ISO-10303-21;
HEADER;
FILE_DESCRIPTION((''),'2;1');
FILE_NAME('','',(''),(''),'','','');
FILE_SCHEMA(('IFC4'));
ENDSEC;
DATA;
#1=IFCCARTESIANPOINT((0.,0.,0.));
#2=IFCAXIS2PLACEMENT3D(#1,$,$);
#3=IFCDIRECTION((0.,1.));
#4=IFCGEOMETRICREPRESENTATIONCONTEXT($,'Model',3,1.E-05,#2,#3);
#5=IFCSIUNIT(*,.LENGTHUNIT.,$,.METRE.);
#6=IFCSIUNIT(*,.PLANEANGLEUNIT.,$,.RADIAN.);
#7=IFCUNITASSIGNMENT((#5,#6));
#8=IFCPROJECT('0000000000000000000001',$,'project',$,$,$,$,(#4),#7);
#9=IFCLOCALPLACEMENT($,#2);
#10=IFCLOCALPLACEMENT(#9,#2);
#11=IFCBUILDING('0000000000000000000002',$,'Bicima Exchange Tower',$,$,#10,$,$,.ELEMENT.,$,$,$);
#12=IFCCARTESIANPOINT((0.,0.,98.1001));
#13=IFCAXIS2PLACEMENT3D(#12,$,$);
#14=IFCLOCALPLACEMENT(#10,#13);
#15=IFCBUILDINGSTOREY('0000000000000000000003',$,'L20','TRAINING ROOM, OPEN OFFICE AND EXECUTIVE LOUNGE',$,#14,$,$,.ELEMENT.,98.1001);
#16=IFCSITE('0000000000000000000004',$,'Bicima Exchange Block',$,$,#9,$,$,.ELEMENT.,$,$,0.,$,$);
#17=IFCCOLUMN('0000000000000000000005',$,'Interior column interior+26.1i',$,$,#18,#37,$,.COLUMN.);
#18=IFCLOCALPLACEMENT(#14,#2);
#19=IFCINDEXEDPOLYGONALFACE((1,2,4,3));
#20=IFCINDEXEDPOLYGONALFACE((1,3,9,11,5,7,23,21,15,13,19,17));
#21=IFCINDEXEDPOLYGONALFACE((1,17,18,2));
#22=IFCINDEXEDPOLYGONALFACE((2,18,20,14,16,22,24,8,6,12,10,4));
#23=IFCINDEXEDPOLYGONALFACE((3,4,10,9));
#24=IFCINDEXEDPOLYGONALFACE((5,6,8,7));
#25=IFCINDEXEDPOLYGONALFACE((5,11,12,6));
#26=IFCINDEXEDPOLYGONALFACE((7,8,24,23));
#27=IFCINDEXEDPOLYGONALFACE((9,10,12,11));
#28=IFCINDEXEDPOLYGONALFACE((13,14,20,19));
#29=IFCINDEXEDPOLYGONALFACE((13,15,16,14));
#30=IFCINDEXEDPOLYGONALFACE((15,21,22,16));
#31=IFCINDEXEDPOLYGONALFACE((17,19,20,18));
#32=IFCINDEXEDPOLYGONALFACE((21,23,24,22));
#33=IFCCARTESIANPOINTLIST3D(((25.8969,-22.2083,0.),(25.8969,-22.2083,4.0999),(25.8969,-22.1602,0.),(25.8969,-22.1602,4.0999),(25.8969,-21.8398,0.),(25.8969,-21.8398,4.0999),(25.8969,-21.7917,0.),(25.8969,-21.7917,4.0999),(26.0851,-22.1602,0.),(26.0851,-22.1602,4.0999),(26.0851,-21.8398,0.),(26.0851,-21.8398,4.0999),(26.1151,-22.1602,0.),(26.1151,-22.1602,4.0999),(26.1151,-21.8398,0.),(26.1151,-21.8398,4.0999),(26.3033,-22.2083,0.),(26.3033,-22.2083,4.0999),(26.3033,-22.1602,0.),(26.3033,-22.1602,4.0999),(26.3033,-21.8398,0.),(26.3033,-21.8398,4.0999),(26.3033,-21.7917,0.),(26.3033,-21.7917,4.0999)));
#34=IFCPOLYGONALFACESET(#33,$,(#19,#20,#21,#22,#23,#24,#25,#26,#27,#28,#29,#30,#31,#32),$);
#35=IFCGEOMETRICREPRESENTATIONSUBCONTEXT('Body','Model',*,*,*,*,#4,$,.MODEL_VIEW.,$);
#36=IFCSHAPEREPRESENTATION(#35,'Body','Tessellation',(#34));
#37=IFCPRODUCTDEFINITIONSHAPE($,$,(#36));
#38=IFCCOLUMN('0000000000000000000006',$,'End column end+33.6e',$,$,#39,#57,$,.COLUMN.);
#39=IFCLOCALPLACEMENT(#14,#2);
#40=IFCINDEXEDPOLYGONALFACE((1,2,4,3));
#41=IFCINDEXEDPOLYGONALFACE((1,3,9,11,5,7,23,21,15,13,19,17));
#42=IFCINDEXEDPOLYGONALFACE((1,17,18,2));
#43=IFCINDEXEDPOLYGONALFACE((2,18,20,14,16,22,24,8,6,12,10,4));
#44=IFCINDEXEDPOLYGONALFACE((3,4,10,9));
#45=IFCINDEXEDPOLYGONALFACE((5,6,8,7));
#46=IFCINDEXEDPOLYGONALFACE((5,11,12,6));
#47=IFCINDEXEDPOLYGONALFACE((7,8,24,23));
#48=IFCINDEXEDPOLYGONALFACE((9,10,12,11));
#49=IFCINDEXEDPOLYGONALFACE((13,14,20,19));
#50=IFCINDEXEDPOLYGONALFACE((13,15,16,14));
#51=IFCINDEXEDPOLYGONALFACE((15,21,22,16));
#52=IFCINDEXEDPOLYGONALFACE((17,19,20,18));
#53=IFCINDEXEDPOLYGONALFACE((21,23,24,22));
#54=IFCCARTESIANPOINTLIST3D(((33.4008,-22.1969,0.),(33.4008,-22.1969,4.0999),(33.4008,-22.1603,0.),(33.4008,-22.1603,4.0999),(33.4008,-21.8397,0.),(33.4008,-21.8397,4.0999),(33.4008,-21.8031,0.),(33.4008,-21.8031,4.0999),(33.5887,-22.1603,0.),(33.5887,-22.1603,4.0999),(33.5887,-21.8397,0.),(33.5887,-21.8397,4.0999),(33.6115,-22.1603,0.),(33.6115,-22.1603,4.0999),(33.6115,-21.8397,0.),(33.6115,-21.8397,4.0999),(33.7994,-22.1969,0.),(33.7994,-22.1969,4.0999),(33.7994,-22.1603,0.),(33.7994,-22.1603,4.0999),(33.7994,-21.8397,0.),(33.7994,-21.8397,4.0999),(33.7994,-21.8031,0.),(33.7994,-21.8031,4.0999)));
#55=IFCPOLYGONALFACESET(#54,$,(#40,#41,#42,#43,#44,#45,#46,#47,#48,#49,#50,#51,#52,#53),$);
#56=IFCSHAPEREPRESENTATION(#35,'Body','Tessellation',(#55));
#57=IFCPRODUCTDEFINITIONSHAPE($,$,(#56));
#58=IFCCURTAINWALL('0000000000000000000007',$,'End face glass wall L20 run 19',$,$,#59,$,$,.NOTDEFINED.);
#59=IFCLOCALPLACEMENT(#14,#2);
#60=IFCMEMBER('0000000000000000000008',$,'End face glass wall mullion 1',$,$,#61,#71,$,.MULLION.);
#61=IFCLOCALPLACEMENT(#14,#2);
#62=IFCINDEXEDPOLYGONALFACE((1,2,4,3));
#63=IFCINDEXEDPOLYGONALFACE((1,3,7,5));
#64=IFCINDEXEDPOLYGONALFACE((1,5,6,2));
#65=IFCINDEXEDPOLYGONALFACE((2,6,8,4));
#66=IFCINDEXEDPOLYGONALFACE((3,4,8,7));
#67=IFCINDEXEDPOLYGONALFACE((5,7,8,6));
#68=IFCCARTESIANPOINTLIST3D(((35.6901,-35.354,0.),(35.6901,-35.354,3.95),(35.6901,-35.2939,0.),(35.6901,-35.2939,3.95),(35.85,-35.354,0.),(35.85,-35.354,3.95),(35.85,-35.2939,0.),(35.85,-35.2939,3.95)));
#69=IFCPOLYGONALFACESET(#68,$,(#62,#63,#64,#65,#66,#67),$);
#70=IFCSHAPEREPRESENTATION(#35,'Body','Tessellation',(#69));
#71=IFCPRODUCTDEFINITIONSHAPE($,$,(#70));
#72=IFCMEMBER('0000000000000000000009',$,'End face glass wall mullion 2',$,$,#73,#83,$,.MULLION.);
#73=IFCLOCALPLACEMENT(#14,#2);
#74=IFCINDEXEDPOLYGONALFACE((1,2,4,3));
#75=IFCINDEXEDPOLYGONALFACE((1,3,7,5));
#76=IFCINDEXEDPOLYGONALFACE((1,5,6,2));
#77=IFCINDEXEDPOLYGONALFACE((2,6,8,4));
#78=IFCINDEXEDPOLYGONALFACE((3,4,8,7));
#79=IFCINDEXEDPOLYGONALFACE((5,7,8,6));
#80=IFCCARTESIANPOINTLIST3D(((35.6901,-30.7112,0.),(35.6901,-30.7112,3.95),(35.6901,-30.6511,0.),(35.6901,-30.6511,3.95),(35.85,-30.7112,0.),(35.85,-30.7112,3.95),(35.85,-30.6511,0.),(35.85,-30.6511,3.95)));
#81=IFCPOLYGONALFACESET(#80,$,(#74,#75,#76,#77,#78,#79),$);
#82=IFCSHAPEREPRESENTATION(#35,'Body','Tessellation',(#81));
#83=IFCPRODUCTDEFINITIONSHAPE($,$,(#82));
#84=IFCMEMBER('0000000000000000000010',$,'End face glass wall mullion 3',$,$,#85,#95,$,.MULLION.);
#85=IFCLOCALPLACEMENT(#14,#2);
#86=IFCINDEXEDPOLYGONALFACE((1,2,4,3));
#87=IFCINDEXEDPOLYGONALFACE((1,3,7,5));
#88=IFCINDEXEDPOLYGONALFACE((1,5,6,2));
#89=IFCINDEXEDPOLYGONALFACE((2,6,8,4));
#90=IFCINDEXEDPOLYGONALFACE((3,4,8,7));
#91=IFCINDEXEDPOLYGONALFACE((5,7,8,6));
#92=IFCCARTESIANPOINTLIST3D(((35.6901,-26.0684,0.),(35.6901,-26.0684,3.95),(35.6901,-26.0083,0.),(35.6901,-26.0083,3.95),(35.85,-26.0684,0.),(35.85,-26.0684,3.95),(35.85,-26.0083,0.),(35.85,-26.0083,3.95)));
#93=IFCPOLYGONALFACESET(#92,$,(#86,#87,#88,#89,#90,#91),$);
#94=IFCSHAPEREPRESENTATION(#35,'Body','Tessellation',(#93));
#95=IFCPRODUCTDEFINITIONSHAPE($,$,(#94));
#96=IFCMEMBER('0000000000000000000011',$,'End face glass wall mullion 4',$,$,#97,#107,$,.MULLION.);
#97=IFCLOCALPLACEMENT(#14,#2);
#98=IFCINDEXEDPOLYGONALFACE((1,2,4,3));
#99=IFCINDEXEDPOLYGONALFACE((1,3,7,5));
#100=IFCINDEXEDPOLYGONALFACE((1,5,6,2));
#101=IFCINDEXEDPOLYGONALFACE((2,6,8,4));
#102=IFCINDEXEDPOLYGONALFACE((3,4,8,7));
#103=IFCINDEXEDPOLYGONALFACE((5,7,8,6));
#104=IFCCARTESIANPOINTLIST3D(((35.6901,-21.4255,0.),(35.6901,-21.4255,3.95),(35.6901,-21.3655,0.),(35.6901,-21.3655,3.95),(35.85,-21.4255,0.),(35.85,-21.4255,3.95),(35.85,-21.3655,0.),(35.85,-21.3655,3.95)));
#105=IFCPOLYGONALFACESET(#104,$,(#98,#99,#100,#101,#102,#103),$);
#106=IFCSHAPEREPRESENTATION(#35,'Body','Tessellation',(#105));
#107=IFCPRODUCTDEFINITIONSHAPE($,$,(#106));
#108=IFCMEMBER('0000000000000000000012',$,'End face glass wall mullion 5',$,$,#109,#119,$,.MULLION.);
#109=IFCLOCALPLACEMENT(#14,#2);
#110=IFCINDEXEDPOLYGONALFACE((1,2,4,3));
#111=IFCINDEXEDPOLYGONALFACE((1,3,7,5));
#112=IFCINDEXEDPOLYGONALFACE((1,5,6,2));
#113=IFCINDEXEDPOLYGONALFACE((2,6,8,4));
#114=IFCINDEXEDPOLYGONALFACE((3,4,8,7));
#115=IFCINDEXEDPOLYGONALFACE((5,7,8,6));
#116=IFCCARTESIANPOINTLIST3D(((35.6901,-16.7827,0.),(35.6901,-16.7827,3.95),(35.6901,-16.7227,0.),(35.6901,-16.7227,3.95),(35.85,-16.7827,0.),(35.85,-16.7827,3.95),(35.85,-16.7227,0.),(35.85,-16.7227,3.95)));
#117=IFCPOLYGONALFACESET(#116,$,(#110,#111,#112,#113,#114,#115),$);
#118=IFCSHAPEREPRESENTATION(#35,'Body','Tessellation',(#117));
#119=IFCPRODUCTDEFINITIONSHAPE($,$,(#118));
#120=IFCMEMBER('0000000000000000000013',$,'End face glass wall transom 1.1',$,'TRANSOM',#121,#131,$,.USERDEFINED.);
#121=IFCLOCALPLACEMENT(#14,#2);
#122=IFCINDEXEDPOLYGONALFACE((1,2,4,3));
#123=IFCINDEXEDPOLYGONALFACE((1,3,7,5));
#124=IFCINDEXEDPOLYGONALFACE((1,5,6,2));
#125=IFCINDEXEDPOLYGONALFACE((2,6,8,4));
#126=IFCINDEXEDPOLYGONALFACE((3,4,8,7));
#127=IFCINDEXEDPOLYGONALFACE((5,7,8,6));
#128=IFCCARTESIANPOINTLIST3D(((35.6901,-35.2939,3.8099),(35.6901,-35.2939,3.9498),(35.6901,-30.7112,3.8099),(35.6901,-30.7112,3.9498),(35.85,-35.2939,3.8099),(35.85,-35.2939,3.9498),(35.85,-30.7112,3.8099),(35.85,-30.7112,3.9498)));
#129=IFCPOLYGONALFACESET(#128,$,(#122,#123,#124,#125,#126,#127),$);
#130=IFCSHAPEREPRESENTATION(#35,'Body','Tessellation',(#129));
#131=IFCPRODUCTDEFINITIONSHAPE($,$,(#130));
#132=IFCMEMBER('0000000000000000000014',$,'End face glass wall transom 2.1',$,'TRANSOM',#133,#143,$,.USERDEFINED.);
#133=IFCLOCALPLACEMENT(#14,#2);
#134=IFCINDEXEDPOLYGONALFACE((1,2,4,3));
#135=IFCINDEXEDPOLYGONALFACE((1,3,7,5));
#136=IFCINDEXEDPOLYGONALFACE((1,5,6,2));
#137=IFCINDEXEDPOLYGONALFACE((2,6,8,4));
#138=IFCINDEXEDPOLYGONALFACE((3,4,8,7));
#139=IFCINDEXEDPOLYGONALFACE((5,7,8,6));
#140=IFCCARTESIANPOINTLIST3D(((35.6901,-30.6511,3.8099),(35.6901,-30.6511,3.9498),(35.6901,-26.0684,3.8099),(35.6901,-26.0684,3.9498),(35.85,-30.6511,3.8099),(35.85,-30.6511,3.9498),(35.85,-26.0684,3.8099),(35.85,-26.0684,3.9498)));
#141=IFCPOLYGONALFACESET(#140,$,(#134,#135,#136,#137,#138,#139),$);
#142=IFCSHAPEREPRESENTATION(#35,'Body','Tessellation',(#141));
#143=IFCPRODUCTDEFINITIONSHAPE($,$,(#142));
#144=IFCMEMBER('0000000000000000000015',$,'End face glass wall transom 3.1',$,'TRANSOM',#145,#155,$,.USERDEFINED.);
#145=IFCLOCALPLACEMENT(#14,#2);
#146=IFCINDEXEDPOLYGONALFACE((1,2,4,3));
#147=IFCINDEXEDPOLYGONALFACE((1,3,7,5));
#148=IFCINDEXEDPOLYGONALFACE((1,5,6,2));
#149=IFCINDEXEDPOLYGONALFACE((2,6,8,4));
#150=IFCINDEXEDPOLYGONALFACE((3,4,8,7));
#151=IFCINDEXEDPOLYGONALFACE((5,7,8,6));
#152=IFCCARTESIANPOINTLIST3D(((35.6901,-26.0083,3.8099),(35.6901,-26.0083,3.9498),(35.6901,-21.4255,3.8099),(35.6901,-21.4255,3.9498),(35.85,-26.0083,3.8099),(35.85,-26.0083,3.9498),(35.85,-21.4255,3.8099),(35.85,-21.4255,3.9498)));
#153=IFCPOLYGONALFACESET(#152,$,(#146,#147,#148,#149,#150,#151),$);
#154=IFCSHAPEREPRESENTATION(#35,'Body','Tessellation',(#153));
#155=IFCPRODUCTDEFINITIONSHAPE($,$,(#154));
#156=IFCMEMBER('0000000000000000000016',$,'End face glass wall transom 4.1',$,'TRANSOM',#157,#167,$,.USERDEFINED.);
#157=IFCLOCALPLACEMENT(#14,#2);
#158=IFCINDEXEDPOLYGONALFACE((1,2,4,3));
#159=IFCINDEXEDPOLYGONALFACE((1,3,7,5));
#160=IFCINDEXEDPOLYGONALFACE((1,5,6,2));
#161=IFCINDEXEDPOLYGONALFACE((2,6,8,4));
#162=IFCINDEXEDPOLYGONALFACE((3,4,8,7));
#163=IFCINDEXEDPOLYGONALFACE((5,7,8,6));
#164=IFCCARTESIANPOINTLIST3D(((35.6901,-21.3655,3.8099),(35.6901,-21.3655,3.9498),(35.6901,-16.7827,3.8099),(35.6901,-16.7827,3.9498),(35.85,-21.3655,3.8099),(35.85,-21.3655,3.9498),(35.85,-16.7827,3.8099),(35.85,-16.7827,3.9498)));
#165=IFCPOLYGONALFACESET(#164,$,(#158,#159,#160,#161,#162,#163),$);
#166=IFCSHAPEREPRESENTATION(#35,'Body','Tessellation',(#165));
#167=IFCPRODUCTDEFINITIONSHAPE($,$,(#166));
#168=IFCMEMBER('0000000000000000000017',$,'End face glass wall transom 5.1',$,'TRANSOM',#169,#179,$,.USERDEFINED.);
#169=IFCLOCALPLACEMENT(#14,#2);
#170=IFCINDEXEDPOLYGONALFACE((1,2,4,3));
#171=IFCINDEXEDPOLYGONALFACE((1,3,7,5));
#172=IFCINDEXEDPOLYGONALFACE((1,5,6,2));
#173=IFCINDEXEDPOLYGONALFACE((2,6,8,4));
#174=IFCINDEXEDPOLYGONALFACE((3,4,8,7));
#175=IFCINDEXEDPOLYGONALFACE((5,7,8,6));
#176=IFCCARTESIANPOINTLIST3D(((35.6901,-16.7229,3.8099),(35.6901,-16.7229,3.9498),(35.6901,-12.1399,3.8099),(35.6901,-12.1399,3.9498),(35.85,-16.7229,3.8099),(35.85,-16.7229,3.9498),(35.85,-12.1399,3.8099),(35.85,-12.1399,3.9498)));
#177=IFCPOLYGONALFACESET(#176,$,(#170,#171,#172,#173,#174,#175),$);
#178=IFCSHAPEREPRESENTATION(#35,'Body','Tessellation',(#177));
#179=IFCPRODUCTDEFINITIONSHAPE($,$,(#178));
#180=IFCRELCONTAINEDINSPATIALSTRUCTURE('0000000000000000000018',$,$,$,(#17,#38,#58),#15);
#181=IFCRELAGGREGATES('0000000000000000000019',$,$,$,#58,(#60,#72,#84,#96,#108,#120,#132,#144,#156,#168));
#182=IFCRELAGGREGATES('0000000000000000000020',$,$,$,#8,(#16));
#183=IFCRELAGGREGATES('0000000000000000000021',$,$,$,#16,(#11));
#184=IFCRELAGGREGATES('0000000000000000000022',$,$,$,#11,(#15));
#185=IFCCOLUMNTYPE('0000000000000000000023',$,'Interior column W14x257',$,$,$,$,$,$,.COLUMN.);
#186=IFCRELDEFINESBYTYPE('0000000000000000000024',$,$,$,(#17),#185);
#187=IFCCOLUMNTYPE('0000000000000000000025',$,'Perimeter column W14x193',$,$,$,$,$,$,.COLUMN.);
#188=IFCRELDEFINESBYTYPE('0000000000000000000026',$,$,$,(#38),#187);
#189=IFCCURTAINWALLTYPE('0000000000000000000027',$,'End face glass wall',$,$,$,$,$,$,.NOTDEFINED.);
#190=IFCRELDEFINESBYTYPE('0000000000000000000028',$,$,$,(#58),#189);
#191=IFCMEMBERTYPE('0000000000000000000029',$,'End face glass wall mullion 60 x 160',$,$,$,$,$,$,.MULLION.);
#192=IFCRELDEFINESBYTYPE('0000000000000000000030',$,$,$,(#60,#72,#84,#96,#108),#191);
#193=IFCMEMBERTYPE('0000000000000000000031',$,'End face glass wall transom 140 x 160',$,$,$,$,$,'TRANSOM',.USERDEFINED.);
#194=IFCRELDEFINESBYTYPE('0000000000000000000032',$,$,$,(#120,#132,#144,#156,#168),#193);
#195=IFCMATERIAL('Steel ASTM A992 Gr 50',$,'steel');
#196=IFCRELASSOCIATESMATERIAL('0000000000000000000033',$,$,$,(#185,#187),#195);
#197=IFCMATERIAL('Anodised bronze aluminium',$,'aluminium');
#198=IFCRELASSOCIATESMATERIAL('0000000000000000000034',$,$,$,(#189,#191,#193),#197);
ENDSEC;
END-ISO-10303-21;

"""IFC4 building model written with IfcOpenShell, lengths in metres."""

from ifc_helpers import new_model, si_unit, direction, frame, origin, origin_2d, place, context, subcontext, project, spatial, rectangle, i_section, extrude, material, material_profile, profile_set, type_object, element, aggregate, save


model = new_model("IFC4")

# Units and contexts
model_context = context("Model", 3, precision=1e-05, world=origin(), true_north=direction((0.0, 1.0)))
body_context = subcontext(model_context, "Body", "Model", "MODEL_VIEW")
ifc_project = project(units=[si_unit("LENGTHUNIT", "METRE"), si_unit("PLANEANGLEUNIT", "RADIAN")], contexts=[model_context])

# Site, building, storey
site_placement = place(None, origin())
site = spatial("IfcSite", under=ifc_project, at=site_placement, Name="Bicima Exchange Block", CompositionType="ELEMENT", RefElevation=0.0)
building_placement = place(site_placement, origin())
building = spatial("IfcBuilding", under=site, at=building_placement, Name="Bicima Exchange Tower", CompositionType="ELEMENT")
storey_placement = place(building_placement, frame((0.0, 0.0, 98.1001)))
storey = spatial("IfcBuildingStorey", under=building, at=storey_placement, Name="L20", Description="TRAINING ROOM, OPEN OFFICE AND EXECUTIVE LOUNGE", CompositionType="ELEMENT", Elevation=98.1001)

# Columns
ifc_material_1 = material(Name="Steel ASTM A992 Gr 50", Category="steel")
ifc_material_profile_1 = material_profile(ifc_material_1, i_section(OverallWidth=0.4065, OverallDepth=0.4165, WebThickness=0.03, FlangeThickness=0.0481, at=origin_2d()))
ifc_profile_set_1 = profile_set([ifc_material_profile_1], Name="Steel ASTM A992 Gr 50")
column_type_1 = type_object("IfcColumnType", Name="Interior column W14x257", PredefinedType="COLUMN", material=ifc_profile_set_1)
column_1_placement = place(storey_placement, frame((26.1001, -22.0, 0.0), z_axis=(0.0, 0.0, 1.0), x_axis=(1.0, 0.0, 0.0)))
element("IfcColumn", 1, at=column_1_placement, inside=storey, type_object=column_type_1, Name="Interior column interior+26.1i", PredefinedType="COLUMN", context=body_context, shape_type="SweptSolid", body=[
    extrude(i_section(OverallWidth=0.4065, OverallDepth=0.4165, WebThickness=0.03, FlangeThickness=0.0481, at=origin_2d()), origin(), (0.0, 0.0, 1.0), 4.0999),
])
ifc_material_profile_2 = material_profile(ifc_material_1, i_section(OverallWidth=0.3987, OverallDepth=0.3938, WebThickness=0.0227, FlangeThickness=0.0366, at=origin_2d()))
ifc_profile_set_2 = profile_set([ifc_material_profile_2], Name="Steel ASTM A992 Gr 50")
column_type_2 = type_object("IfcColumnType", Name="Perimeter column W14x193", PredefinedType="COLUMN", material=ifc_profile_set_2)
column_2_placement = place(storey_placement, frame((33.6001, -22.0, 0.0), z_axis=(0.0, 0.0, 1.0), x_axis=(1.0, 0.0, 0.0)))
element("IfcColumn", 2, at=column_2_placement, inside=storey, type_object=column_type_2, Name="End column end+33.6e", PredefinedType="COLUMN", context=body_context, shape_type="SweptSolid", body=[
    extrude(i_section(OverallWidth=0.3987, OverallDepth=0.3938, WebThickness=0.0227, FlangeThickness=0.0366, at=origin_2d()), origin(), (0.0, 0.0, 1.0), 4.0999),
])

# Curtain wall, members
ifc_material_2 = material(Name="Anodised bronze aluminium", Category="aluminium")
curtain_wall_type_1 = type_object("IfcCurtainWallType", Name="End face glass wall", PredefinedType="NOTDEFINED", material=ifc_material_2)
curtain_wall_1_placement = place(storey_placement, origin())
curtain_wall_1 = element("IfcCurtainWall", 3, at=curtain_wall_1_placement, inside=storey, type_object=curtain_wall_type_1, Name="End face glass wall L20 run 19", PredefinedType="NOTDEFINED")
ifc_material_profile_3 = material_profile(ifc_material_2, rectangle(XDim=0.1599, YDim=0.0601, at=origin_2d()))
ifc_profile_set_3 = profile_set([ifc_material_profile_3], Name="Anodised bronze aluminium")
member_type_1 = type_object("IfcMemberType", Name="End face glass wall mullion 60 x 160", PredefinedType="MULLION", material=ifc_profile_set_3)
member_1_placement = place(storey_placement, frame((35.77, -35.324, 0.0), z_axis=(0.0, 0.0, 1.0), x_axis=(-1.0, 0.0, 0.0)))
member_1 = element("IfcMember", 4, at=member_1_placement, type_object=member_type_1, Name="End face glass wall mullion 1", PredefinedType="MULLION", context=body_context, shape_type="SweptSolid", body=[
    extrude(rectangle(XDim=0.1599, YDim=0.0601, at=origin_2d()), origin(), (0.0, 0.0, 1.0), 3.95),
])
member_2_placement = place(storey_placement, frame((35.77, -30.6812, 0.0), z_axis=(0.0, 0.0, 1.0), x_axis=(-1.0, 0.0, 0.0)))
member_2 = element("IfcMember", 5, at=member_2_placement, type_object=member_type_1, Name="End face glass wall mullion 2", PredefinedType="MULLION", context=body_context, shape_type="SweptSolid", body=[
    extrude(rectangle(XDim=0.1599, YDim=0.0601, at=origin_2d()), origin(), (0.0, 0.0, 1.0), 3.95),
])
member_3_placement = place(storey_placement, frame((35.77, -26.0383, 0.0), z_axis=(0.0, 0.0, 1.0), x_axis=(-1.0, 0.0, 0.0)))
member_3 = element("IfcMember", 6, at=member_3_placement, type_object=member_type_1, Name="End face glass wall mullion 3", PredefinedType="MULLION", context=body_context, shape_type="SweptSolid", body=[
    extrude(rectangle(XDim=0.1599, YDim=0.0601, at=origin_2d()), origin(), (0.0, 0.0, 1.0), 3.95),
])
member_4_placement = place(storey_placement, frame((35.77, -21.3955, 0.0), z_axis=(0.0, 0.0, 1.0), x_axis=(-1.0, 0.0, 0.0)))
member_4 = element("IfcMember", 7, at=member_4_placement, type_object=member_type_1, Name="End face glass wall mullion 4", PredefinedType="MULLION", context=body_context, shape_type="SweptSolid", body=[
    extrude(rectangle(XDim=0.1599, YDim=0.0601, at=origin_2d()), origin(), (0.0, 0.0, 1.0), 3.95),
])
member_5_placement = place(storey_placement, frame((35.77, -16.7527, 0.0), z_axis=(0.0, 0.0, 1.0), x_axis=(-1.0, 0.0, 0.0)))
member_5 = element("IfcMember", 8, at=member_5_placement, type_object=member_type_1, Name="End face glass wall mullion 5", PredefinedType="MULLION", context=body_context, shape_type="SweptSolid", body=[
    extrude(rectangle(XDim=0.1599, YDim=0.0601, at=origin_2d()), origin(), (0.0, 0.0, 1.0), 3.95),
])
ifc_material_profile_4 = material_profile(ifc_material_2, rectangle(XDim=0.1599, YDim=0.1399, at=origin_2d()))
ifc_profile_set_4 = profile_set([ifc_material_profile_4], Name="Anodised bronze aluminium")
member_type_2 = type_object("IfcMemberType", Name="End face glass wall transom 140 x 160", ElementType="TRANSOM", PredefinedType="USERDEFINED", material=ifc_profile_set_4)
member_6_placement = place(storey_placement, frame((35.77, -35.2939, 3.8799), z_axis=(0.0, 1.0, 0.0), x_axis=(-1.0, 0.0, 0.0)))
member_6 = element("IfcMember", 9, at=member_6_placement, type_object=member_type_2, Name="End face glass wall transom 1.1", ObjectType="TRANSOM", PredefinedType="USERDEFINED", context=body_context, shape_type="SweptSolid", body=[
    extrude(rectangle(XDim=0.1599, YDim=0.1399, at=origin_2d()), origin(), (0.0, 0.0, 1.0), 4.5828),
])
member_7_placement = place(storey_placement, frame((35.77, -30.6511, 3.8799), z_axis=(0.0, 1.0, 0.0), x_axis=(-1.0, 0.0, 0.0)))
member_7 = element("IfcMember", 10, at=member_7_placement, type_object=member_type_2, Name="End face glass wall transom 2.1", ObjectType="TRANSOM", PredefinedType="USERDEFINED", context=body_context, shape_type="SweptSolid", body=[
    extrude(rectangle(XDim=0.1599, YDim=0.1399, at=origin_2d()), origin(), (0.0, 0.0, 1.0), 4.5828),
])
member_8_placement = place(storey_placement, frame((35.77, -26.0083, 3.8799), z_axis=(0.0, 1.0, 0.0), x_axis=(-1.0, 0.0, 0.0)))
member_8 = element("IfcMember", 11, at=member_8_placement, type_object=member_type_2, Name="End face glass wall transom 3.1", ObjectType="TRANSOM", PredefinedType="USERDEFINED", context=body_context, shape_type="SweptSolid", body=[
    extrude(rectangle(XDim=0.1599, YDim=0.1399, at=origin_2d()), origin(), (0.0, 0.0, 1.0), 4.5828),
])
member_9_placement = place(storey_placement, frame((35.77, -21.3655, 3.8799), z_axis=(0.0, 1.0, 0.0), x_axis=(-1.0, 0.0, 0.0)))
member_9 = element("IfcMember", 12, at=member_9_placement, type_object=member_type_2, Name="End face glass wall transom 4.1", ObjectType="TRANSOM", PredefinedType="USERDEFINED", context=body_context, shape_type="SweptSolid", body=[
    extrude(rectangle(XDim=0.1599, YDim=0.1399, at=origin_2d()), origin(), (0.0, 0.0, 1.0), 4.5828),
])
member_10_placement = place(storey_placement, frame((35.77, -16.7229, 3.8799), z_axis=(0.0, 1.0, 0.0), x_axis=(-1.0, 0.0, 0.0)))
member_10 = element("IfcMember", 13, at=member_10_placement, type_object=member_type_2, Name="End face glass wall transom 5.1", ObjectType="TRANSOM", PredefinedType="USERDEFINED", context=body_context, shape_type="SweptSolid", body=[
    extrude(rectangle(XDim=0.1599, YDim=0.1399, at=origin_2d()), origin(), (0.0, 0.0, 1.0), 4.583),
])

aggregate(curtain_wall_1, [member_1, member_2, member_3, member_4, member_5, member_6, member_7, member_8, member_9, member_10])

save(model, "model.ifc")
